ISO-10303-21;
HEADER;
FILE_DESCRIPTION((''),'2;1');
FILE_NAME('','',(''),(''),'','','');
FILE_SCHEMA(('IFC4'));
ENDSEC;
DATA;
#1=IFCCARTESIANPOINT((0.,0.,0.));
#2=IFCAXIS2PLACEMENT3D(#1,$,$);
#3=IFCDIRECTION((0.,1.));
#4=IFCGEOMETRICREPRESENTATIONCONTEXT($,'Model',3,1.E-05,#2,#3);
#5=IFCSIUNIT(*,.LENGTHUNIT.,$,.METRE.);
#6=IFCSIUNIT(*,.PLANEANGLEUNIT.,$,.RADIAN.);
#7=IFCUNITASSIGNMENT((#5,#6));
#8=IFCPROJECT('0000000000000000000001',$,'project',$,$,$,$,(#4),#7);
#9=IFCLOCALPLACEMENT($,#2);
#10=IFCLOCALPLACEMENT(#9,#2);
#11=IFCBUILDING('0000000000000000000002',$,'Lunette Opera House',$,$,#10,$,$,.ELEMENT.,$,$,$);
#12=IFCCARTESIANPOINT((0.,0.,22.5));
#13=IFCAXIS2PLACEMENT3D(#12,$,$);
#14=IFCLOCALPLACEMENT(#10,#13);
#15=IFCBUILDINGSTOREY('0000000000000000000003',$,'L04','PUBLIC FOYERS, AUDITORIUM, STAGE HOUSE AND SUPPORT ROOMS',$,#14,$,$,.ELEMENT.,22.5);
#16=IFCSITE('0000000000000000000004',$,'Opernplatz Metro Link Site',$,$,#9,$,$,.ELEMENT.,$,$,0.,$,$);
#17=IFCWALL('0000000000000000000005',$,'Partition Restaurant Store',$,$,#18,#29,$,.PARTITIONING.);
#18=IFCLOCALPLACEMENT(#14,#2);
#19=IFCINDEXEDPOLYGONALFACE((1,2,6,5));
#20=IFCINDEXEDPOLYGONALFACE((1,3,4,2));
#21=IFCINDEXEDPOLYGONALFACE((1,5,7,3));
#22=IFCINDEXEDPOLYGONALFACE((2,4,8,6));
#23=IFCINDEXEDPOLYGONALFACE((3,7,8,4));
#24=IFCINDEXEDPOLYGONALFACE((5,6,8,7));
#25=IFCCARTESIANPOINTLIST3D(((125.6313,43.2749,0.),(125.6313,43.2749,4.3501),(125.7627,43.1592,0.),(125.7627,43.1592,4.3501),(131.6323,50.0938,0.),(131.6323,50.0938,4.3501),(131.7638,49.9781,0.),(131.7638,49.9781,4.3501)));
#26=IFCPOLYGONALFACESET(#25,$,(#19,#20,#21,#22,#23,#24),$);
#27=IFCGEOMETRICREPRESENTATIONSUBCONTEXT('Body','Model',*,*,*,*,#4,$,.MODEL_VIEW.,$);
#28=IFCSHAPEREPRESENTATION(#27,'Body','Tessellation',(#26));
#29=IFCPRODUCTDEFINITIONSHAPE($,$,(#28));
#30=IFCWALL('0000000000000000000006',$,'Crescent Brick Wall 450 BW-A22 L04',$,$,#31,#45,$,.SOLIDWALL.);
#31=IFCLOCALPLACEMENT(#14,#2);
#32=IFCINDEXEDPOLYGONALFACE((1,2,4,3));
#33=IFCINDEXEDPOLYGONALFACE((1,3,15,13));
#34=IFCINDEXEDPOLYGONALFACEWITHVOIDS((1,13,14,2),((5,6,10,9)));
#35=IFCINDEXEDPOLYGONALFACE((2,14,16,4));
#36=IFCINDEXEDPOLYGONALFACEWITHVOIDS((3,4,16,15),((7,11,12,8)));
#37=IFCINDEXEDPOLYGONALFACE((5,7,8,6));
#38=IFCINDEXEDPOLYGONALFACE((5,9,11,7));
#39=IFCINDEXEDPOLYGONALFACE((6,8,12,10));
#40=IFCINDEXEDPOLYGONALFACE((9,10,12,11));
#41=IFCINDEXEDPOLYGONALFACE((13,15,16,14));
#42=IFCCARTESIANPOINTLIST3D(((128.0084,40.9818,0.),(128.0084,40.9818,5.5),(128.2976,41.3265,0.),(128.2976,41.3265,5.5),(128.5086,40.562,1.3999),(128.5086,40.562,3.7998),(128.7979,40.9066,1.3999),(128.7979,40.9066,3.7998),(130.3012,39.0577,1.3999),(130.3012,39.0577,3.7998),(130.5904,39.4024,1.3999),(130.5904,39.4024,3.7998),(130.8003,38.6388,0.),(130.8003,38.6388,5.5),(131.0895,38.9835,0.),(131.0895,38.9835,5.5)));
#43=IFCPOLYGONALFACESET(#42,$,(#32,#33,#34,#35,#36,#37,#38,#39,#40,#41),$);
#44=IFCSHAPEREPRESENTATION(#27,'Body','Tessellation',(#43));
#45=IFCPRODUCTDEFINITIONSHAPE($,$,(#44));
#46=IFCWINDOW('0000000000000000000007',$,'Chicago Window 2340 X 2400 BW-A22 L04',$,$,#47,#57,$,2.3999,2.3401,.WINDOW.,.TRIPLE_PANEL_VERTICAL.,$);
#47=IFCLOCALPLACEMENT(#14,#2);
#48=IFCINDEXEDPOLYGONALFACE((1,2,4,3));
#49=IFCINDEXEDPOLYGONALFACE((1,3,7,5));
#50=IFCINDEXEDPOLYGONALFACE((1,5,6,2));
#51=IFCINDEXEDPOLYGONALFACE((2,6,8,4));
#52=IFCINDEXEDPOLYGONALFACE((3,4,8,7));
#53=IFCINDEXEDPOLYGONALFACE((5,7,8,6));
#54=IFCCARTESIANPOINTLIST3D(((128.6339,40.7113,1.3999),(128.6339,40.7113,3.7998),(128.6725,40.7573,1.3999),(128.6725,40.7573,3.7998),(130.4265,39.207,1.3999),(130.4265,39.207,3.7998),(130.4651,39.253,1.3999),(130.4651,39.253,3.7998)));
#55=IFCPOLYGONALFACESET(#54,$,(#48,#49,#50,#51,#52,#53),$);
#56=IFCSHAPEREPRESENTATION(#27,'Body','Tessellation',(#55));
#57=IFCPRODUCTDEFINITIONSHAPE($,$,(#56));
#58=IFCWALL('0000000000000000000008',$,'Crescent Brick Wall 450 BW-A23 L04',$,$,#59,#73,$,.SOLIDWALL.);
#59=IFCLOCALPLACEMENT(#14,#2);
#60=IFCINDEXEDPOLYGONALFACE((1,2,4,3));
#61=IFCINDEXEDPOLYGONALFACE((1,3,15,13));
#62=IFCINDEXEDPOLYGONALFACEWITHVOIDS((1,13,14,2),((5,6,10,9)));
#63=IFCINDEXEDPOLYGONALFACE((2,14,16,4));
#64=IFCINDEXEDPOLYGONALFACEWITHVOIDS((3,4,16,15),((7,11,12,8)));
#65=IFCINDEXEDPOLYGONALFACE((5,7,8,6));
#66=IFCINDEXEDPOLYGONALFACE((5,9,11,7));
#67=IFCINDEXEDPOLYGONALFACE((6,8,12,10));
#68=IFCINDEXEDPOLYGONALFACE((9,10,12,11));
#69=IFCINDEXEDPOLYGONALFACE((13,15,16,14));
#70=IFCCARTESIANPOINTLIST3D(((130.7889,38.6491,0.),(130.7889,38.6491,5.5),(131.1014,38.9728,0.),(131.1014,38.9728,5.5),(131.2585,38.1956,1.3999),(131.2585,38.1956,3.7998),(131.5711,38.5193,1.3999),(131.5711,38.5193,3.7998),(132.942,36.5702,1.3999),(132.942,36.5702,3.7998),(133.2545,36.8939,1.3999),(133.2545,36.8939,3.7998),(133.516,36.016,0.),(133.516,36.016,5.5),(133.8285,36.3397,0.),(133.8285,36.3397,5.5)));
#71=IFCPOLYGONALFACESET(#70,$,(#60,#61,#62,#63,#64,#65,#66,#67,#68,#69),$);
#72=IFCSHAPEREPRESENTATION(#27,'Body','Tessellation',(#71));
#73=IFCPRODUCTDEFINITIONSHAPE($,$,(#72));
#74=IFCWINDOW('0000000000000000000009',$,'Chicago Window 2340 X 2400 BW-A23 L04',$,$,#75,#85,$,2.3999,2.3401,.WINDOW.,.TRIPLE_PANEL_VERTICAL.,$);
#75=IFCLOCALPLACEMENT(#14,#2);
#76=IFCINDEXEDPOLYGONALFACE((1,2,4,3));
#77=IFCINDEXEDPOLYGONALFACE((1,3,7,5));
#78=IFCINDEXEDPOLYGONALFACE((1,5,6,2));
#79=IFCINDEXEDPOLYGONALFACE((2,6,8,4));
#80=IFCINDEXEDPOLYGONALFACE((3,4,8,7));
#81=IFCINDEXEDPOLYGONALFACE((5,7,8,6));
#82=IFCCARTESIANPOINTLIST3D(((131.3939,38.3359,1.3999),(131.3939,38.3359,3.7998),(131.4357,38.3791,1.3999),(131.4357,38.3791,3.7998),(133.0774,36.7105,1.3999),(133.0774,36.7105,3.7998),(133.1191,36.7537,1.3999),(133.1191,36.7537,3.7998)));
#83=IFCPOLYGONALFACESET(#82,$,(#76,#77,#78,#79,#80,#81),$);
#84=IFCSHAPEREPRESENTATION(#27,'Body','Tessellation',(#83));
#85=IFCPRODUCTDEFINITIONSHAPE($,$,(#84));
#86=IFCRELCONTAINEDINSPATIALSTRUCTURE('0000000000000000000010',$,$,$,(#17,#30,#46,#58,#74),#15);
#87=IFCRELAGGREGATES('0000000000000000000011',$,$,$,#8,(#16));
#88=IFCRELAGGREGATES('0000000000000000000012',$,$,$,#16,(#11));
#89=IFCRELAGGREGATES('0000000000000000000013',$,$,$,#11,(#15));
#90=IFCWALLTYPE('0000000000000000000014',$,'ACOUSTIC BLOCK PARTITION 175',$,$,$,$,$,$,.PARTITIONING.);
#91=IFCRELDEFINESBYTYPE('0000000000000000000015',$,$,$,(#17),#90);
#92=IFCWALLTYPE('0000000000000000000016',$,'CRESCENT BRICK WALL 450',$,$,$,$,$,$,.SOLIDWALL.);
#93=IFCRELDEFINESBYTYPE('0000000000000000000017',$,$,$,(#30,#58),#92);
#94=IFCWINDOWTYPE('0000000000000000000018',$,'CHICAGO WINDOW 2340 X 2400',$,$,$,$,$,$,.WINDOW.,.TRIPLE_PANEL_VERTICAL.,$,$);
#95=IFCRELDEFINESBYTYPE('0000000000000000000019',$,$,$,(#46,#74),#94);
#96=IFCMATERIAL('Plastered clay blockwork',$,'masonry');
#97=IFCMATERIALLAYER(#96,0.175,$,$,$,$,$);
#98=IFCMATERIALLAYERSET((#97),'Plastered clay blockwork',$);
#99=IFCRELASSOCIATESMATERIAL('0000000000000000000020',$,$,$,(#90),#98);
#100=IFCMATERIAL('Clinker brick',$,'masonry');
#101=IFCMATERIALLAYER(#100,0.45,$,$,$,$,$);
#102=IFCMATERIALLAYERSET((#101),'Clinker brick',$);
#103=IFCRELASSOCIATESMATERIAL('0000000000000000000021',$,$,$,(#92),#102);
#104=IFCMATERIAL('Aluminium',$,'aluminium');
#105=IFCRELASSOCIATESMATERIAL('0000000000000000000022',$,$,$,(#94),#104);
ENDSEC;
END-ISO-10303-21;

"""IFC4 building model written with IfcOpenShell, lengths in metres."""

from ifc_helpers import new_model, si_unit, direction, frame, frame_2d, origin, place, context, subcontext, project, spatial, rectangle, extrude, material, layer, layer_set, type_object, element, fill, save


model = new_model("IFC4")

# Units and contexts
model_context = context("Model", 3, precision=1e-05, world=origin(), true_north=direction((0.0, 1.0)))
body_context = subcontext(model_context, "Body", "Model", "MODEL_VIEW")
ifc_project = project(units=[si_unit("LENGTHUNIT", "METRE"), si_unit("PLANEANGLEUNIT", "RADIAN")], contexts=[model_context])

# Site, building, storey
site_placement = place(None, origin())
site = spatial("IfcSite", under=ifc_project, at=site_placement, Name="Opernplatz Metro Link Site", CompositionType="ELEMENT", RefElevation=0.0)
building_placement = place(site_placement, origin())
building = spatial("IfcBuilding", under=site, at=building_placement, Name="Lunette Opera House", CompositionType="ELEMENT")
storey_placement = place(building_placement, frame((0.0, 0.0, 22.5)))
storey = spatial("IfcBuildingStorey", under=building, at=storey_placement, Name="L04", Description="PUBLIC FOYERS, AUDITORIUM, STAGE HOUSE AND SUPPORT ROOMS", CompositionType="ELEMENT", Elevation=22.5)

# Wall
ifc_material_1 = material(Name="Plastered clay blockwork", Category="masonry")
ifc_layer_1 = layer(ifc_material_1, 0.175)
ifc_layer_set_1 = layer_set([ifc_layer_1], Name="Plastered clay blockwork")
wall_type_1 = type_object("IfcWallType", Name="ACOUSTIC BLOCK PARTITION 175", PredefinedType="PARTITIONING", material=ifc_layer_set_1)
wall_1_placement = place(storey_placement, frame((125.697, 43.217, 0.0), z_axis=(0.0, 0.0, 1.0), x_axis=(0.660652, 0.750692, 0.0)))
element("IfcWall", 1, at=wall_1_placement, inside=storey, type_object=wall_type_1, Name="Partition Restaurant Store", PredefinedType="PARTITIONING", context=body_context, shape_type="SweptSolid", body=[
    extrude(rectangle(XDim=9.0835, YDim=0.175, at=frame_2d((4.5417, 0.0))), origin(), (0.0, 0.0, 1.0), 4.3501),
])

# Walls, openings, windows
ifc_material_2 = material(Name="Clinker brick", Category="masonry")
ifc_layer_2 = layer(ifc_material_2, 0.45)
ifc_layer_set_2 = layer_set([ifc_layer_2], Name="Clinker brick")
wall_type_2 = type_object("IfcWallType", Name="CRESCENT BRICK WALL 450", PredefinedType="SOLIDWALL", material=ifc_layer_set_2)
wall_2_placement = place(storey_placement, frame((128.1531, 41.1541, 0.0), z_axis=(0.0, 0.0, 1.0), x_axis=(0.76601, -0.642829, 0.0)))
wall_2 = element("IfcWall", 2, at=wall_2_placement, inside=storey, type_object=wall_type_2, Name="Crescent Brick Wall 450 BW-A22 L04", PredefinedType="SOLIDWALL", context=body_context, shape_type="SweptSolid", body=[
    extrude(rectangle(XDim=3.6448, YDim=0.45, at=frame_2d((1.8223, 0.0))), origin(), (0.0, 0.0, 1.0), 5.5),
])
opening_1_placement = place(wall_2_placement, frame((0.6531, 0.0, 1.3999)))
opening_1 = element("IfcOpeningElement", 3, at=opening_1_placement, cuts=wall_2, PredefinedType="OPENING", context=body_context, shape_type="SweptSolid", body=[
    extrude(rectangle(XDim=2.3401, YDim=2.3999, at=frame_2d((1.1699, 1.2))), frame((0.0, 0.2371, 0.0), z_axis=(0.0, -1.0, 0.0), x_axis=(1.0, 0.0, 0.0)), (0.0, 0.0, 1.0), 0.4739),
])
ifc_material_3 = material(Name="Aluminium", Category="aluminium")
window_type = type_object("IfcWindowType", Name="CHICAGO WINDOW 2340 X 2400", PartitioningType="TRIPLE_PANEL_VERTICAL", PredefinedType="WINDOW", material=ifc_material_3)
window_1_placement = place(opening_1_placement, origin())
window_1 = element("IfcWindow", 4, at=window_1_placement, inside=storey, type_object=window_type, Name="Chicago Window 2340 X 2400 BW-A22 L04", OverallHeight=2.3999, OverallWidth=2.3401, PartitioningType="TRIPLE_PANEL_VERTICAL", PredefinedType="WINDOW", context=body_context, shape_type="SweptSolid", body=[
    extrude(rectangle(XDim=2.3401, YDim=2.3999, at=frame_2d((1.1699, 1.2))), frame((0.0, 0.03, 0.0), z_axis=(0.0, -1.0, 0.0), x_axis=(1.0, 0.0, 0.0)), (0.0, 0.0, 1.0), 0.0601),
])
fill(opening_1, window_1)
wall_3_placement = place(storey_placement, frame((130.9451, 38.811, 0.0), z_axis=(0.0, 0.0, 1.0), x_axis=(0.719396, -0.6946, 0.0)))
wall_3 = element("IfcWall", 5, at=wall_3_placement, inside=storey, type_object=wall_type_2, Name="Crescent Brick Wall 450 BW-A23 L04", PredefinedType="SOLIDWALL", context=body_context, shape_type="SweptSolid", body=[
    extrude(rectangle(XDim=3.7908, YDim=0.45, at=frame_2d((1.8955, 0.0))), origin(), (0.0, 0.0, 1.0), 5.5),
])
opening_2_placement = place(wall_3_placement, frame((0.6531, 0.0, 1.3999)))
opening_2 = element("IfcOpeningElement", 6, at=opening_2_placement, cuts=wall_3, PredefinedType="OPENING", context=body_context, shape_type="SweptSolid", body=[
    extrude(rectangle(XDim=2.3401, YDim=2.3999, at=frame_2d((1.1699, 1.2))), frame((0.0, 0.2371, 0.0), z_axis=(0.0, -1.0, 0.0), x_axis=(1.0, 0.0, 0.0)), (0.0, 0.0, 1.0), 0.4739),
])
window_2_placement = place(opening_2_placement, origin())
window_2 = element("IfcWindow", 7, at=window_2_placement, inside=storey, type_object=window_type, Name="Chicago Window 2340 X 2400 BW-A23 L04", OverallHeight=2.3999, OverallWidth=2.3401, PartitioningType="TRIPLE_PANEL_VERTICAL", PredefinedType="WINDOW", context=body_context, shape_type="SweptSolid", body=[
    extrude(rectangle(XDim=2.3401, YDim=2.3999, at=frame_2d((1.1699, 1.2))), frame((0.0, 0.03, 0.0), z_axis=(0.0, -1.0, 0.0), x_axis=(1.0, 0.0, 0.0)), (0.0, 0.0, 1.0), 0.0601),
])
fill(opening_2, window_2)

save(model, "model.ifc")
